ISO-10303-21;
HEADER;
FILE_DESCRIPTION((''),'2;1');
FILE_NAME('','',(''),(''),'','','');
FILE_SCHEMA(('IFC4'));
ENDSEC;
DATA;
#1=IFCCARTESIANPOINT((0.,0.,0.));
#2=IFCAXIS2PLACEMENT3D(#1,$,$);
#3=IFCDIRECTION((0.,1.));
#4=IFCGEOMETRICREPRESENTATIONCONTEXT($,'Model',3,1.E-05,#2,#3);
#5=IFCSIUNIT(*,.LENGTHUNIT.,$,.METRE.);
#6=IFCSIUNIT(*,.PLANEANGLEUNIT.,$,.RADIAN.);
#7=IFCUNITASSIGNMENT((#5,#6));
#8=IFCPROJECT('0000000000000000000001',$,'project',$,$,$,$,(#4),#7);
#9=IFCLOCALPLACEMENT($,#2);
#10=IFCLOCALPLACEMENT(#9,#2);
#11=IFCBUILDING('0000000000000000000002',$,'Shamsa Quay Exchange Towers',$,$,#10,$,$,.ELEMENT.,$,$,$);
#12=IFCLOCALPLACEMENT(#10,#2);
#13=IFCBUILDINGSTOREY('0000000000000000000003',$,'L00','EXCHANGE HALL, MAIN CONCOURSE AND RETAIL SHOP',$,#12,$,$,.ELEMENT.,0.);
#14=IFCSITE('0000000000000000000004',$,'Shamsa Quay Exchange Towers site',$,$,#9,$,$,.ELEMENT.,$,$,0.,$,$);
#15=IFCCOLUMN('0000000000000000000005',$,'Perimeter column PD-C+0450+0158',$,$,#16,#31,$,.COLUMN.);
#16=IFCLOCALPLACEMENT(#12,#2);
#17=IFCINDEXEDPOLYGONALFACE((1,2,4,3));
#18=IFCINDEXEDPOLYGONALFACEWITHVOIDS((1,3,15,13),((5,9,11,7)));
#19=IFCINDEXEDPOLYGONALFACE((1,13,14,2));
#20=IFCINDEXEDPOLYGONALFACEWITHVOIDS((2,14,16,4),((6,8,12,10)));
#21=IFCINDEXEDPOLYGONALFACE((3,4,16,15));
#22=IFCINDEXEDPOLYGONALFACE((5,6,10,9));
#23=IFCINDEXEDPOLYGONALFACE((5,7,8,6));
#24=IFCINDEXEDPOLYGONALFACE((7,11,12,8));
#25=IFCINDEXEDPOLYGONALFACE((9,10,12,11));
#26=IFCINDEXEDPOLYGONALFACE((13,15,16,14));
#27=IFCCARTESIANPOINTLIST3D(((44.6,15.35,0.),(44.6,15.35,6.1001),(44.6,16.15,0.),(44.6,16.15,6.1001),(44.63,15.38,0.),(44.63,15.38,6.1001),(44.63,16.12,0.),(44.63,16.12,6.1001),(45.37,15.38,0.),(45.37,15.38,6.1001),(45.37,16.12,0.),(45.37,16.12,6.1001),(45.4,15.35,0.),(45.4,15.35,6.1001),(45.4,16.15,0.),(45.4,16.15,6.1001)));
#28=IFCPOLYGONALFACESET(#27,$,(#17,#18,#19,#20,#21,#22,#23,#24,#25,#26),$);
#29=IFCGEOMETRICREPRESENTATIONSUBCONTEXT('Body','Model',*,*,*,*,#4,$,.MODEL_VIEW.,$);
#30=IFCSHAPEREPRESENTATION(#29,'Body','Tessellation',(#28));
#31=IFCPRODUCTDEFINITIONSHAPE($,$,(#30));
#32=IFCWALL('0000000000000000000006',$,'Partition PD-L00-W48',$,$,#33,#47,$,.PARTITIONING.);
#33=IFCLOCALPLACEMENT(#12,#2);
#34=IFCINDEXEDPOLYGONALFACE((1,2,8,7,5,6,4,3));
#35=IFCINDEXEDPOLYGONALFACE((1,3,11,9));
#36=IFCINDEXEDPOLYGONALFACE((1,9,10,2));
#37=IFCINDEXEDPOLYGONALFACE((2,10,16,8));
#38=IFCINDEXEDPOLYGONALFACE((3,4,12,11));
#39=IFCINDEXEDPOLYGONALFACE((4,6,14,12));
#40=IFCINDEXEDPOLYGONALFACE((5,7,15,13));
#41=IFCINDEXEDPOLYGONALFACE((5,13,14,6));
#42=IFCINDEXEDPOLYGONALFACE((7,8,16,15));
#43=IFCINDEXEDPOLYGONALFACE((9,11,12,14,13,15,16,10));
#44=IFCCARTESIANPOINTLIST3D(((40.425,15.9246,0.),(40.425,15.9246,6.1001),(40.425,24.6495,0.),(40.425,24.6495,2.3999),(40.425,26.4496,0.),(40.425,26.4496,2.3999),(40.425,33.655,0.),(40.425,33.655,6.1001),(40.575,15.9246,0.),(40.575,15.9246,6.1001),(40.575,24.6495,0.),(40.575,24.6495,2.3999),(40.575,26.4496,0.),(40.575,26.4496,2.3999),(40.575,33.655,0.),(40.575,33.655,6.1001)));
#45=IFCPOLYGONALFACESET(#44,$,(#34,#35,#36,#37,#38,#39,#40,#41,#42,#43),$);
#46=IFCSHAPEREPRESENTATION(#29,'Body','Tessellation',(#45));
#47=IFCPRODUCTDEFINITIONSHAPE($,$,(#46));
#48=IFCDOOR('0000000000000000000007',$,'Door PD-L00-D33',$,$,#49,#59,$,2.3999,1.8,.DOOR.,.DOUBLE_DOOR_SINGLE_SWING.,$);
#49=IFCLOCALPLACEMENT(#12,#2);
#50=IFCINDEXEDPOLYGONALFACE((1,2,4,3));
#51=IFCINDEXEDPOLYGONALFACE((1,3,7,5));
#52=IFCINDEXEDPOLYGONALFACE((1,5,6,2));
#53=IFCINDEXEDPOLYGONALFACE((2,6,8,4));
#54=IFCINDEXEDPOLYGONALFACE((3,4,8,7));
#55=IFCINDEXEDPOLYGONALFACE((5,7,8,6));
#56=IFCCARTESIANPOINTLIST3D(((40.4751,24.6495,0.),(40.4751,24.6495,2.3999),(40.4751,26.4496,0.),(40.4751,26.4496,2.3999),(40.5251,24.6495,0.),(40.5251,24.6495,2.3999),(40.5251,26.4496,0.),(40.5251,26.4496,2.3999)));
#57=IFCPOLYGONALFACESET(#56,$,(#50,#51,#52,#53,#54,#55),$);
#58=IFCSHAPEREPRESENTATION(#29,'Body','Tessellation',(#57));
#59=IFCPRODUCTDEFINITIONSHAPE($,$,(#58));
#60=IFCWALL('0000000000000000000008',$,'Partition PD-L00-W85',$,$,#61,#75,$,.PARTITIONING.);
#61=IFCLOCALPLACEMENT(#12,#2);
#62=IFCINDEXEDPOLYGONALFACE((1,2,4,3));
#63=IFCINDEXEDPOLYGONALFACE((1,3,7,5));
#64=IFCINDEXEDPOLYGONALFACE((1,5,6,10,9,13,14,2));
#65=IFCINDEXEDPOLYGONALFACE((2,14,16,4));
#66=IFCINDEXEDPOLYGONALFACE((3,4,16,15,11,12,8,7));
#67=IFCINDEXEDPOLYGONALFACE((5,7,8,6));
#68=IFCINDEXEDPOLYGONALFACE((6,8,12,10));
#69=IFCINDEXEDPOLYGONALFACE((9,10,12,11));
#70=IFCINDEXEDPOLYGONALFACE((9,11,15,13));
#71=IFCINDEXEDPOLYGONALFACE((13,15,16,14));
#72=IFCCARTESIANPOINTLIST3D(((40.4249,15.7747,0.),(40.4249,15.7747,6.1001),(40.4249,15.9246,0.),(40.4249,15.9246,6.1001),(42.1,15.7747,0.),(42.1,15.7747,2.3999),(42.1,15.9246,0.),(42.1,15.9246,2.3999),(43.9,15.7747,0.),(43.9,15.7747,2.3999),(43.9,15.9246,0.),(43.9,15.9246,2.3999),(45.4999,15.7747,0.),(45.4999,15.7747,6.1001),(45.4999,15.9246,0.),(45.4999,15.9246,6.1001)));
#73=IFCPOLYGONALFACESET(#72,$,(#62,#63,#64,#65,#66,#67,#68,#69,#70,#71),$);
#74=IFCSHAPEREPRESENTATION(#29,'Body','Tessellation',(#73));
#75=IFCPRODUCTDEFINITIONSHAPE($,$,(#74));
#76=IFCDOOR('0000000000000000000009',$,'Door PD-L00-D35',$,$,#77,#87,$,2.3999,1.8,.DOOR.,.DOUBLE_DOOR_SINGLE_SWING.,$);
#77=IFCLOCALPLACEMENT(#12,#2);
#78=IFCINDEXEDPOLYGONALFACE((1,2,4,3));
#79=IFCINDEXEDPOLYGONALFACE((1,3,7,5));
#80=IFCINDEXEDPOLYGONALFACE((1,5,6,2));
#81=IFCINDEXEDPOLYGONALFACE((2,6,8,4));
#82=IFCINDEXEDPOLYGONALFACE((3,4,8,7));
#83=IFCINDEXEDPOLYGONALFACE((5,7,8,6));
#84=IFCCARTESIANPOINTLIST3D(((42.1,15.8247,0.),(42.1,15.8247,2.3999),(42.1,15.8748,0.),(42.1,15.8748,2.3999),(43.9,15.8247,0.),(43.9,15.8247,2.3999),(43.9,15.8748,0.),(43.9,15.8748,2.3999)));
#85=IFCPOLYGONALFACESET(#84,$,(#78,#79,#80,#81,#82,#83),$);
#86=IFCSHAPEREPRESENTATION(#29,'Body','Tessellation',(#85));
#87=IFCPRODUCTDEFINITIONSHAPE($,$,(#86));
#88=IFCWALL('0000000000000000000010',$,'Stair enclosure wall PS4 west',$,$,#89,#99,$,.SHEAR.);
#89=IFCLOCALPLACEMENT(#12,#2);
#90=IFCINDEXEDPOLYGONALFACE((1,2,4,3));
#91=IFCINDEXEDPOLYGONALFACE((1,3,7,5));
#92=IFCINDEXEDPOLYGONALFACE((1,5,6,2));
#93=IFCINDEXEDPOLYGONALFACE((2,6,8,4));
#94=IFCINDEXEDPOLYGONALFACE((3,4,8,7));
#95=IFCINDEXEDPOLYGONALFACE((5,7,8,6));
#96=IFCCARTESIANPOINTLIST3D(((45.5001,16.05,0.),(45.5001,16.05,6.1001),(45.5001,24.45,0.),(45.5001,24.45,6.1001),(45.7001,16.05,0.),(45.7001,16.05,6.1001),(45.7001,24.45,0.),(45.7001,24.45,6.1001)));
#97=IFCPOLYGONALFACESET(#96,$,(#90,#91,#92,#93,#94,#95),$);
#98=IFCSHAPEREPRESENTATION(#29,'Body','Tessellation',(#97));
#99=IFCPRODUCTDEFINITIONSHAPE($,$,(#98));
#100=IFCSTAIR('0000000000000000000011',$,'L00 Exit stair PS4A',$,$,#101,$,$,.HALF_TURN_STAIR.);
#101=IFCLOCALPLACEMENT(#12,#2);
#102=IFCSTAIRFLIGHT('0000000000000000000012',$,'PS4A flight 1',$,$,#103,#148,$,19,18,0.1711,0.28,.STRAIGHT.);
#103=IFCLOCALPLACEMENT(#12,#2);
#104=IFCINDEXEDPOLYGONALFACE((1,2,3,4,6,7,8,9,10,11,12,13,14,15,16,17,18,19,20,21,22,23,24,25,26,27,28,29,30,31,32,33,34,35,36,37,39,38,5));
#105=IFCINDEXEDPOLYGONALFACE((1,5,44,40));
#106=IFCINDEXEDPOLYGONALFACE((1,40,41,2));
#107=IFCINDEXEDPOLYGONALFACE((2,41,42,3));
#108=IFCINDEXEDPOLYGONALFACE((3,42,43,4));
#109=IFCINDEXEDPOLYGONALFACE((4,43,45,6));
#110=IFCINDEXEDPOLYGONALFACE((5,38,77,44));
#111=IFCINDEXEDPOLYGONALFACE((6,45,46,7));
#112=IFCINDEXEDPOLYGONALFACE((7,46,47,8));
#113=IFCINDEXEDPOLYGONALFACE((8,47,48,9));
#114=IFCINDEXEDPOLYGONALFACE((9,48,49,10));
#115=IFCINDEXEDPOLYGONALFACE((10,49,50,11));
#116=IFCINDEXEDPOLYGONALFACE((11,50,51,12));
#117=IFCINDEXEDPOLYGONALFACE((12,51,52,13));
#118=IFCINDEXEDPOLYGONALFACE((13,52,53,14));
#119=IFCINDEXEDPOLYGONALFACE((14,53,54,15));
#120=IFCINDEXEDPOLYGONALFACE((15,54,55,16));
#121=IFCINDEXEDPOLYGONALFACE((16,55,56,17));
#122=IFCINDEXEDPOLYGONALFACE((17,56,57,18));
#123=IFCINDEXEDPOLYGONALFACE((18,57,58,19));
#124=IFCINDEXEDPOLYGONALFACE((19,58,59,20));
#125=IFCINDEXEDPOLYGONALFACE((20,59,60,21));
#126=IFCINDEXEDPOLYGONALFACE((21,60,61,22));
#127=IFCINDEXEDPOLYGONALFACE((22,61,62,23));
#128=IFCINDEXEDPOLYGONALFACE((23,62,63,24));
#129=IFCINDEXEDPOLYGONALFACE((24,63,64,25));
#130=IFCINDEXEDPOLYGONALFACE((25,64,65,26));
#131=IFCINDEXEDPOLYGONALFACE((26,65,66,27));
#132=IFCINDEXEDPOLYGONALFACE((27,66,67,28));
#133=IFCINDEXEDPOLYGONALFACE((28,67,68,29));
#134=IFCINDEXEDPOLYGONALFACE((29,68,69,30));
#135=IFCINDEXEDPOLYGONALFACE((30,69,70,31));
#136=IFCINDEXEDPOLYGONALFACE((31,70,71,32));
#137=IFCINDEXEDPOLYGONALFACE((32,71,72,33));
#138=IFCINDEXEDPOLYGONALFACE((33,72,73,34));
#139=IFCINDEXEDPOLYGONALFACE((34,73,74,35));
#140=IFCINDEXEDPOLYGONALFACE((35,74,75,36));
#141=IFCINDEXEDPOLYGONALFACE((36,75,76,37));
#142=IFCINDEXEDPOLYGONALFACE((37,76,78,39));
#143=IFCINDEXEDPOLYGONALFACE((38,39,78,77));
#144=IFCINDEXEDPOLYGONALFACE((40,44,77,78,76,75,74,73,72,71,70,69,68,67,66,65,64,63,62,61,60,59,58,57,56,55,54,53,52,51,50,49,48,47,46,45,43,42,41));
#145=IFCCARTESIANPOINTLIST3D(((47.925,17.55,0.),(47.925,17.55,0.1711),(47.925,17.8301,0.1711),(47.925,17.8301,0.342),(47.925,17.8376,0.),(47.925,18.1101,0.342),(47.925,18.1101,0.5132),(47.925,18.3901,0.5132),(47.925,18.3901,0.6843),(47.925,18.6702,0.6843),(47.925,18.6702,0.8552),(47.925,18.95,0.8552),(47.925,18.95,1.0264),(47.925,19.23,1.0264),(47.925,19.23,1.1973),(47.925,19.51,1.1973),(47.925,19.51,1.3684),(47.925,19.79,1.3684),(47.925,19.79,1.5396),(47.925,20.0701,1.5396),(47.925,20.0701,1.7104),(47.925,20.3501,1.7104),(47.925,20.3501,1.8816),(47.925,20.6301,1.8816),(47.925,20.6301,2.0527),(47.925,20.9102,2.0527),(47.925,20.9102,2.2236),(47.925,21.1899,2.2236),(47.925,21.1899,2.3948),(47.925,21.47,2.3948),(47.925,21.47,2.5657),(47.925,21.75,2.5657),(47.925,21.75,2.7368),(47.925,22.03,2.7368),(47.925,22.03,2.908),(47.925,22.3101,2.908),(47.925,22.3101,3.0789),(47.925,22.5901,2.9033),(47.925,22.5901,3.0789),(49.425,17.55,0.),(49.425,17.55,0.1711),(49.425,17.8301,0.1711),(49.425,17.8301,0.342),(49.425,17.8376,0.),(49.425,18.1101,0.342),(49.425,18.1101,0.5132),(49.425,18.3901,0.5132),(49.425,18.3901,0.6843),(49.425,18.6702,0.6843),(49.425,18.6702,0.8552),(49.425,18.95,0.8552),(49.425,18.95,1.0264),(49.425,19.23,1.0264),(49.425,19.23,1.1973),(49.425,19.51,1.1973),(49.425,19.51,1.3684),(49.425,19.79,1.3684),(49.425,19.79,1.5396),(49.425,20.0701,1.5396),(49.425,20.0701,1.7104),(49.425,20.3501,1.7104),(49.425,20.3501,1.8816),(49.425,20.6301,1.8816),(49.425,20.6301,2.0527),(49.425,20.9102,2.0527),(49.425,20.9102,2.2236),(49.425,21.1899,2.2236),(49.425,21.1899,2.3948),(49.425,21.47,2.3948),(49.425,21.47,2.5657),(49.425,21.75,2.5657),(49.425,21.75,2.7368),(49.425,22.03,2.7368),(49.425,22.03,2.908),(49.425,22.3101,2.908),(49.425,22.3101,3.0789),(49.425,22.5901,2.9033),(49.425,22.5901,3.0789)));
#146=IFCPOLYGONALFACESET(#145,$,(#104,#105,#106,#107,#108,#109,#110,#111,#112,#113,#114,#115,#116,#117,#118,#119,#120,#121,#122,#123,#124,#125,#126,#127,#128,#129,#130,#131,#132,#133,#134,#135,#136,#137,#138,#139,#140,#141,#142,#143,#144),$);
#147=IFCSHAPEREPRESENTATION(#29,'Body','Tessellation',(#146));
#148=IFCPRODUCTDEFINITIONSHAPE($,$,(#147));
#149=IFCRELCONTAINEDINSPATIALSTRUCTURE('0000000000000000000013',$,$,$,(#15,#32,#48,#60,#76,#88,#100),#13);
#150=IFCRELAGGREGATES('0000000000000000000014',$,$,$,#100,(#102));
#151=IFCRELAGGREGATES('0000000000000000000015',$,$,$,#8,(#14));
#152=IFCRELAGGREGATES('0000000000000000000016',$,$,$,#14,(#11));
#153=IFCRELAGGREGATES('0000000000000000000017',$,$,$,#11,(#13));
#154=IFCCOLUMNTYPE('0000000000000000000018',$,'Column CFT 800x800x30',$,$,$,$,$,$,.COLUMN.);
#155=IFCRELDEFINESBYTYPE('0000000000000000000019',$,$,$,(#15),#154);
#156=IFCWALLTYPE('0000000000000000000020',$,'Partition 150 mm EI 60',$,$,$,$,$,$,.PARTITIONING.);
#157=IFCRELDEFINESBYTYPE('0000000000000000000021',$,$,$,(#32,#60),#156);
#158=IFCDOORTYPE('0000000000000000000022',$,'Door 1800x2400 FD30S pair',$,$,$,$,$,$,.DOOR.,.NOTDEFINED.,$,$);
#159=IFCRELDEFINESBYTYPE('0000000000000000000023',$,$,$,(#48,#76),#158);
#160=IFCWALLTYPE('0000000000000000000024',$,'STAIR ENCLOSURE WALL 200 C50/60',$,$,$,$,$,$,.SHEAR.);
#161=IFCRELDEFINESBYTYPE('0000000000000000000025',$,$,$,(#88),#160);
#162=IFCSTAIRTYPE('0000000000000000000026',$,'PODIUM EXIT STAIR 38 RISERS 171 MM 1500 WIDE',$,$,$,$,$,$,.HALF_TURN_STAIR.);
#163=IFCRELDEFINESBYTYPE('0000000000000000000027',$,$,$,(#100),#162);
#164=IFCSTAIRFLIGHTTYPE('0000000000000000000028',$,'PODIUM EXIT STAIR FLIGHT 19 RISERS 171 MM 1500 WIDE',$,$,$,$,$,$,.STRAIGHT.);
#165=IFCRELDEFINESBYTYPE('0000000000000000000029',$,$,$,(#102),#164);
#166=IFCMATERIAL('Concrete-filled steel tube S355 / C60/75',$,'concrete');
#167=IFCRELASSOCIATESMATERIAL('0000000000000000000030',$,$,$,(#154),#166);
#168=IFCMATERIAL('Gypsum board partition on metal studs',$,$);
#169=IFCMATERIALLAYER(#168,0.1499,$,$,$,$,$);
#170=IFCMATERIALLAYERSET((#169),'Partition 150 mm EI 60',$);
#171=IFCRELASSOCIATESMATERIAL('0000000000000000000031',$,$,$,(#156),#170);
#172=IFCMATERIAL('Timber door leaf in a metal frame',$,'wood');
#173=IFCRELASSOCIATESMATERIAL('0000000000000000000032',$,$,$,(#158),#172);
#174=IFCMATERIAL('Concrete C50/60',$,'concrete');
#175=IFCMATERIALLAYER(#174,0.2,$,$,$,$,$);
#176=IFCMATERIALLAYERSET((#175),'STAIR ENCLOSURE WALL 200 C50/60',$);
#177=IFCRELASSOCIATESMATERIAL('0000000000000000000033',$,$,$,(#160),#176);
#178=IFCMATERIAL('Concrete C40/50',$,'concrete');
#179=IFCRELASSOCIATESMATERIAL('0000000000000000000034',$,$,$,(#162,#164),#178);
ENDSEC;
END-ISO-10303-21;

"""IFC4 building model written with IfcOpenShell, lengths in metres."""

from ifc_helpers import new_model, si_unit, direction, frame, frame_2d, origin, origin_2d, place, context, subcontext, project, spatial, polyline, rectangle, hollow_rectangle, outline, extrude, material, layer, layer_set, material_profile, profile_set, type_object, element, fill, aggregate, save


model = new_model("IFC4")

# Units and contexts
model_context = context("Model", 3, precision=1e-05, world=origin(), true_north=direction((0.0, 1.0)))
body_context = subcontext(model_context, "Body", "Model", "MODEL_VIEW")
ifc_project = project(units=[si_unit("LENGTHUNIT", "METRE"), si_unit("PLANEANGLEUNIT", "RADIAN")], contexts=[model_context])

# Site, building, storey
site_placement = place(None, origin())
site = spatial("IfcSite", under=ifc_project, at=site_placement, Name="Shamsa Quay Exchange Towers site", CompositionType="ELEMENT", RefElevation=0.0)
building_placement = place(site_placement, origin())
building = spatial("IfcBuilding", under=site, at=building_placement, Name="Shamsa Quay Exchange Towers", CompositionType="ELEMENT")
storey_placement = place(building_placement, origin())
storey = spatial("IfcBuildingStorey", under=building, at=storey_placement, Name="L00", Description="EXCHANGE HALL, MAIN CONCOURSE AND RETAIL SHOP", CompositionType="ELEMENT", Elevation=0.0)

# Shared definitions
ifc_material_1 = material(Name="Concrete C40/50", Category="concrete")

# Column
ifc_material_2 = material(Name="Concrete-filled steel tube S355 / C60/75", Category="concrete")
ifc_material_profile_1 = material_profile(ifc_material_2, hollow_rectangle(XDim=0.8, YDim=0.8, WallThickness=0.03, at=origin_2d()), Name="CFT 800x800x30")
ifc_profile_set_1 = profile_set([ifc_material_profile_1], Name="Concrete-filled steel tube S355 / C60/75")
column_type_1 = type_object("IfcColumnType", Name="Column CFT 800x800x30", PredefinedType="COLUMN", material=ifc_profile_set_1)
for number, where, name in (
    (1, (45.0, 15.75, 0.0), "Perimeter column PD-C+0450+0158"),
):
    element("IfcColumn", number, at=place(storey_placement, frame(where)), inside=storey, type_object=column_type_1, Name=name, PredefinedType="COLUMN", context=body_context, shape_type="SweptSolid", body=[
        extrude(hollow_rectangle(XDim=0.8, YDim=0.8, WallThickness=0.03, at=origin_2d()), origin(), (0.0, 0.0, 1.0), 6.1001),
    ])

# Walls, openings, doors
ifc_material_3 = material(Name="Gypsum board partition on metal studs")
ifc_layer_1 = layer(ifc_material_3, 0.1499)
ifc_layer_set_1 = layer_set([ifc_layer_1], Name="Partition 150 mm EI 60")
wall_type_1 = type_object("IfcWallType", Name="Partition 150 mm EI 60", PredefinedType="PARTITIONING", material=ifc_layer_set_1)
wall_1_placement = place(storey_placement, frame((40.5, 15.9246, 0.0), z_axis=(0.0, 0.0, 1.0), x_axis=(0.0, 1.0, 0.0)))
wall_1 = element("IfcWall", 2, at=wall_1_placement, inside=storey, type_object=wall_type_1, Name="Partition PD-L00-W48", PredefinedType="PARTITIONING", context=body_context, shape_type="SweptSolid", body=[
    extrude(rectangle(XDim=17.7305, YDim=0.1499, at=frame_2d((8.8652, 0.0))), origin(), (0.0, 0.0, 1.0), 6.1001),
])
opening_1_placement = place(wall_1_placement, frame((8.7251, 0.0, 0.0)))
opening_1 = element("IfcOpeningElement", 3, at=opening_1_placement, cuts=wall_1, PredefinedType="OPENING", context=body_context, shape_type="SweptSolid", body=[
    extrude(rectangle(XDim=1.8, YDim=2.3999, at=frame_2d((0.8999, 1.2))), frame((0.0, 0.085, 0.0), z_axis=(0.0, -1.0, 0.0), x_axis=(1.0, 0.0, 0.0)), (0.0, 0.0, 1.0), 0.1699),
])
ifc_material_4 = material(Name="Timber door leaf in a metal frame", Category="wood")
door_type_1 = type_object("IfcDoorType", Name="Door 1800x2400 FD30S pair", OperationType="NOTDEFINED", PredefinedType="DOOR", material=ifc_material_4)
door_1_placement = place(opening_1_placement, origin())
door_1 = element("IfcDoor", 4, at=door_1_placement, inside=storey, type_object=door_type_1, Name="Door PD-L00-D33", OperationType="DOUBLE_DOOR_SINGLE_SWING", OverallHeight=2.3999, OverallWidth=1.8, PredefinedType="DOOR", context=body_context, shape_type="SweptSolid", body=[
    extrude(rectangle(XDim=1.8, YDim=2.3999, at=frame_2d((0.8999, 1.2))), frame((0.0, 0.0249, 0.0), z_axis=(0.0, -1.0, 0.0), x_axis=(1.0, 0.0, 0.0)), (0.0, 0.0, 1.0), 0.05),
])
fill(opening_1, door_1)
wall_2_placement = place(storey_placement, frame((45.5, 15.8496, 0.0), z_axis=(0.0, 0.0, 1.0), x_axis=(-1.0, 0.0, 0.0)))
wall_2 = element("IfcWall", 5, at=wall_2_placement, inside=storey, type_object=wall_type_1, Name="Partition PD-L00-W85", PredefinedType="PARTITIONING", context=body_context, shape_type="SweptSolid", body=[
    extrude(rectangle(XDim=5.075, YDim=0.1499, at=frame_2d((2.5376, 0.0))), origin(), (0.0, 0.0, 1.0), 6.1001),
])
opening_2_placement = place(wall_2_placement, frame((1.6001, 0.0, 0.0)))
opening_2 = element("IfcOpeningElement", 6, at=opening_2_placement, cuts=wall_2, PredefinedType="OPENING", context=body_context, shape_type="SweptSolid", body=[
    extrude(rectangle(XDim=1.8, YDim=2.3999, at=frame_2d((0.8999, 1.2))), frame((0.0, 0.085, 0.0), z_axis=(0.0, -1.0, 0.0), x_axis=(1.0, 0.0, 0.0)), (0.0, 0.0, 1.0), 0.1699),
])
door_2_placement = place(opening_2_placement, origin())
door_2 = element("IfcDoor", 7, at=door_2_placement, inside=storey, type_object=door_type_1, Name="Door PD-L00-D35", OperationType="DOUBLE_DOOR_SINGLE_SWING", OverallHeight=2.3999, OverallWidth=1.8, PredefinedType="DOOR", context=body_context, shape_type="SweptSolid", body=[
    extrude(rectangle(XDim=1.8, YDim=2.3999, at=frame_2d((0.8999, 1.2))), frame((0.0, 0.0249, 0.0), z_axis=(0.0, -1.0, 0.0), x_axis=(1.0, 0.0, 0.0)), (0.0, 0.0, 1.0), 0.05),
])
fill(opening_2, door_2)

# Shared definitions
ifc_material_5 = material(Name="Concrete C50/60", Category="concrete")
ifc_layer_2 = layer(ifc_material_5, 0.2)
ifc_layer_set_2 = layer_set([ifc_layer_2], Name="STAIR ENCLOSURE WALL 200 C50/60")
wall_type_2 = type_object("IfcWallType", Name="STAIR ENCLOSURE WALL 200 C50/60", PredefinedType="SHEAR", material=ifc_layer_set_2)

# Wall
wall_3_placement = place(storey_placement, frame((45.6001, 16.05, 0.0), z_axis=(0.0, 0.0, 1.0), x_axis=(0.0, 1.0, 0.0)))
element("IfcWall", 8, at=wall_3_placement, inside=storey, type_object=wall_type_2, Name="Stair enclosure wall PS4 west", PredefinedType="SHEAR", context=body_context, shape_type="SweptSolid", body=[
    extrude(rectangle(XDim=8.3999, YDim=0.2, at=frame_2d((4.2, 0.0))), origin(), (0.0, 0.0, 1.0), 6.1001),
])

# Stair, stair flight
stair_type = type_object("IfcStairType", Name="PODIUM EXIT STAIR 38 RISERS 171 MM 1500 WIDE", PredefinedType="HALF_TURN_STAIR", material=ifc_material_1)
stair_placement = place(storey_placement, origin())
stair = element("IfcStair", 9, at=stair_placement, inside=storey, type_object=stair_type, Name="L00 Exit stair PS4A", PredefinedType="HALF_TURN_STAIR")
stair_flight_type = type_object("IfcStairFlightType", Name="PODIUM EXIT STAIR FLIGHT 19 RISERS 171 MM 1500 WIDE", PredefinedType="STRAIGHT", material=ifc_material_1)
stair_flight_placement = place(storey_placement, frame((48.675, 17.55, 0.0), z_axis=(0.0, 0.0, 1.0), x_axis=(0.0, 1.0, 0.0)))
stair_flight = element("IfcStairFlight", 10, at=stair_flight_placement, type_object=stair_flight_type, Name="PS4A flight 1", NumberOfRisers=19, NumberOfTreads=18, PredefinedType="STRAIGHT", RiserHeight=0.1711, TreadLength=0.28, context=body_context, shape_type="SweptSolid", body=[
    extrude(outline(polyline([(0.0, 0.0), (0.0, 0.1711), (0.28, 0.1711), (0.28, 0.342), (0.5601, 0.342), (0.5601, 0.5132), (0.8401, 0.5132), (0.8401, 0.6843), (1.1201, 0.6843), (1.1201, 0.8552), (1.3999, 0.8552), (1.3999, 1.0264), (1.6799, 1.0264), (1.6799, 1.1973), (1.96, 1.1973), (1.96, 1.3684), (2.24, 1.3684), (2.24, 1.5396), (2.52, 1.5396), (2.52, 1.7104), (2.8, 1.7104), (2.8, 1.8816), (3.0801, 1.8816), (3.0801, 2.0527), (3.3601, 2.0527), (3.3601, 2.2236), (3.6399, 2.2236), (3.6399, 2.3948), (3.9199, 2.3948), (3.9199, 2.5657), (4.2, 2.5657), (4.2, 2.7368), (4.48, 2.7368), (4.48, 2.908), (4.76, 2.908), (4.76, 3.0789), (5.04, 3.0789), (5.04, 3.25), (5.04, 2.9033), (0.2876, 0.0), (0.0, 0.0)])), frame((0.0, 0.75, 0.0), z_axis=(0.0, -1.0, 0.0), x_axis=(1.0, 0.0, 0.0)), (0.0, 0.0, 1.0), 1.5),
])
aggregate(stair, [stair_flight])

save(model, "model.ifc")
